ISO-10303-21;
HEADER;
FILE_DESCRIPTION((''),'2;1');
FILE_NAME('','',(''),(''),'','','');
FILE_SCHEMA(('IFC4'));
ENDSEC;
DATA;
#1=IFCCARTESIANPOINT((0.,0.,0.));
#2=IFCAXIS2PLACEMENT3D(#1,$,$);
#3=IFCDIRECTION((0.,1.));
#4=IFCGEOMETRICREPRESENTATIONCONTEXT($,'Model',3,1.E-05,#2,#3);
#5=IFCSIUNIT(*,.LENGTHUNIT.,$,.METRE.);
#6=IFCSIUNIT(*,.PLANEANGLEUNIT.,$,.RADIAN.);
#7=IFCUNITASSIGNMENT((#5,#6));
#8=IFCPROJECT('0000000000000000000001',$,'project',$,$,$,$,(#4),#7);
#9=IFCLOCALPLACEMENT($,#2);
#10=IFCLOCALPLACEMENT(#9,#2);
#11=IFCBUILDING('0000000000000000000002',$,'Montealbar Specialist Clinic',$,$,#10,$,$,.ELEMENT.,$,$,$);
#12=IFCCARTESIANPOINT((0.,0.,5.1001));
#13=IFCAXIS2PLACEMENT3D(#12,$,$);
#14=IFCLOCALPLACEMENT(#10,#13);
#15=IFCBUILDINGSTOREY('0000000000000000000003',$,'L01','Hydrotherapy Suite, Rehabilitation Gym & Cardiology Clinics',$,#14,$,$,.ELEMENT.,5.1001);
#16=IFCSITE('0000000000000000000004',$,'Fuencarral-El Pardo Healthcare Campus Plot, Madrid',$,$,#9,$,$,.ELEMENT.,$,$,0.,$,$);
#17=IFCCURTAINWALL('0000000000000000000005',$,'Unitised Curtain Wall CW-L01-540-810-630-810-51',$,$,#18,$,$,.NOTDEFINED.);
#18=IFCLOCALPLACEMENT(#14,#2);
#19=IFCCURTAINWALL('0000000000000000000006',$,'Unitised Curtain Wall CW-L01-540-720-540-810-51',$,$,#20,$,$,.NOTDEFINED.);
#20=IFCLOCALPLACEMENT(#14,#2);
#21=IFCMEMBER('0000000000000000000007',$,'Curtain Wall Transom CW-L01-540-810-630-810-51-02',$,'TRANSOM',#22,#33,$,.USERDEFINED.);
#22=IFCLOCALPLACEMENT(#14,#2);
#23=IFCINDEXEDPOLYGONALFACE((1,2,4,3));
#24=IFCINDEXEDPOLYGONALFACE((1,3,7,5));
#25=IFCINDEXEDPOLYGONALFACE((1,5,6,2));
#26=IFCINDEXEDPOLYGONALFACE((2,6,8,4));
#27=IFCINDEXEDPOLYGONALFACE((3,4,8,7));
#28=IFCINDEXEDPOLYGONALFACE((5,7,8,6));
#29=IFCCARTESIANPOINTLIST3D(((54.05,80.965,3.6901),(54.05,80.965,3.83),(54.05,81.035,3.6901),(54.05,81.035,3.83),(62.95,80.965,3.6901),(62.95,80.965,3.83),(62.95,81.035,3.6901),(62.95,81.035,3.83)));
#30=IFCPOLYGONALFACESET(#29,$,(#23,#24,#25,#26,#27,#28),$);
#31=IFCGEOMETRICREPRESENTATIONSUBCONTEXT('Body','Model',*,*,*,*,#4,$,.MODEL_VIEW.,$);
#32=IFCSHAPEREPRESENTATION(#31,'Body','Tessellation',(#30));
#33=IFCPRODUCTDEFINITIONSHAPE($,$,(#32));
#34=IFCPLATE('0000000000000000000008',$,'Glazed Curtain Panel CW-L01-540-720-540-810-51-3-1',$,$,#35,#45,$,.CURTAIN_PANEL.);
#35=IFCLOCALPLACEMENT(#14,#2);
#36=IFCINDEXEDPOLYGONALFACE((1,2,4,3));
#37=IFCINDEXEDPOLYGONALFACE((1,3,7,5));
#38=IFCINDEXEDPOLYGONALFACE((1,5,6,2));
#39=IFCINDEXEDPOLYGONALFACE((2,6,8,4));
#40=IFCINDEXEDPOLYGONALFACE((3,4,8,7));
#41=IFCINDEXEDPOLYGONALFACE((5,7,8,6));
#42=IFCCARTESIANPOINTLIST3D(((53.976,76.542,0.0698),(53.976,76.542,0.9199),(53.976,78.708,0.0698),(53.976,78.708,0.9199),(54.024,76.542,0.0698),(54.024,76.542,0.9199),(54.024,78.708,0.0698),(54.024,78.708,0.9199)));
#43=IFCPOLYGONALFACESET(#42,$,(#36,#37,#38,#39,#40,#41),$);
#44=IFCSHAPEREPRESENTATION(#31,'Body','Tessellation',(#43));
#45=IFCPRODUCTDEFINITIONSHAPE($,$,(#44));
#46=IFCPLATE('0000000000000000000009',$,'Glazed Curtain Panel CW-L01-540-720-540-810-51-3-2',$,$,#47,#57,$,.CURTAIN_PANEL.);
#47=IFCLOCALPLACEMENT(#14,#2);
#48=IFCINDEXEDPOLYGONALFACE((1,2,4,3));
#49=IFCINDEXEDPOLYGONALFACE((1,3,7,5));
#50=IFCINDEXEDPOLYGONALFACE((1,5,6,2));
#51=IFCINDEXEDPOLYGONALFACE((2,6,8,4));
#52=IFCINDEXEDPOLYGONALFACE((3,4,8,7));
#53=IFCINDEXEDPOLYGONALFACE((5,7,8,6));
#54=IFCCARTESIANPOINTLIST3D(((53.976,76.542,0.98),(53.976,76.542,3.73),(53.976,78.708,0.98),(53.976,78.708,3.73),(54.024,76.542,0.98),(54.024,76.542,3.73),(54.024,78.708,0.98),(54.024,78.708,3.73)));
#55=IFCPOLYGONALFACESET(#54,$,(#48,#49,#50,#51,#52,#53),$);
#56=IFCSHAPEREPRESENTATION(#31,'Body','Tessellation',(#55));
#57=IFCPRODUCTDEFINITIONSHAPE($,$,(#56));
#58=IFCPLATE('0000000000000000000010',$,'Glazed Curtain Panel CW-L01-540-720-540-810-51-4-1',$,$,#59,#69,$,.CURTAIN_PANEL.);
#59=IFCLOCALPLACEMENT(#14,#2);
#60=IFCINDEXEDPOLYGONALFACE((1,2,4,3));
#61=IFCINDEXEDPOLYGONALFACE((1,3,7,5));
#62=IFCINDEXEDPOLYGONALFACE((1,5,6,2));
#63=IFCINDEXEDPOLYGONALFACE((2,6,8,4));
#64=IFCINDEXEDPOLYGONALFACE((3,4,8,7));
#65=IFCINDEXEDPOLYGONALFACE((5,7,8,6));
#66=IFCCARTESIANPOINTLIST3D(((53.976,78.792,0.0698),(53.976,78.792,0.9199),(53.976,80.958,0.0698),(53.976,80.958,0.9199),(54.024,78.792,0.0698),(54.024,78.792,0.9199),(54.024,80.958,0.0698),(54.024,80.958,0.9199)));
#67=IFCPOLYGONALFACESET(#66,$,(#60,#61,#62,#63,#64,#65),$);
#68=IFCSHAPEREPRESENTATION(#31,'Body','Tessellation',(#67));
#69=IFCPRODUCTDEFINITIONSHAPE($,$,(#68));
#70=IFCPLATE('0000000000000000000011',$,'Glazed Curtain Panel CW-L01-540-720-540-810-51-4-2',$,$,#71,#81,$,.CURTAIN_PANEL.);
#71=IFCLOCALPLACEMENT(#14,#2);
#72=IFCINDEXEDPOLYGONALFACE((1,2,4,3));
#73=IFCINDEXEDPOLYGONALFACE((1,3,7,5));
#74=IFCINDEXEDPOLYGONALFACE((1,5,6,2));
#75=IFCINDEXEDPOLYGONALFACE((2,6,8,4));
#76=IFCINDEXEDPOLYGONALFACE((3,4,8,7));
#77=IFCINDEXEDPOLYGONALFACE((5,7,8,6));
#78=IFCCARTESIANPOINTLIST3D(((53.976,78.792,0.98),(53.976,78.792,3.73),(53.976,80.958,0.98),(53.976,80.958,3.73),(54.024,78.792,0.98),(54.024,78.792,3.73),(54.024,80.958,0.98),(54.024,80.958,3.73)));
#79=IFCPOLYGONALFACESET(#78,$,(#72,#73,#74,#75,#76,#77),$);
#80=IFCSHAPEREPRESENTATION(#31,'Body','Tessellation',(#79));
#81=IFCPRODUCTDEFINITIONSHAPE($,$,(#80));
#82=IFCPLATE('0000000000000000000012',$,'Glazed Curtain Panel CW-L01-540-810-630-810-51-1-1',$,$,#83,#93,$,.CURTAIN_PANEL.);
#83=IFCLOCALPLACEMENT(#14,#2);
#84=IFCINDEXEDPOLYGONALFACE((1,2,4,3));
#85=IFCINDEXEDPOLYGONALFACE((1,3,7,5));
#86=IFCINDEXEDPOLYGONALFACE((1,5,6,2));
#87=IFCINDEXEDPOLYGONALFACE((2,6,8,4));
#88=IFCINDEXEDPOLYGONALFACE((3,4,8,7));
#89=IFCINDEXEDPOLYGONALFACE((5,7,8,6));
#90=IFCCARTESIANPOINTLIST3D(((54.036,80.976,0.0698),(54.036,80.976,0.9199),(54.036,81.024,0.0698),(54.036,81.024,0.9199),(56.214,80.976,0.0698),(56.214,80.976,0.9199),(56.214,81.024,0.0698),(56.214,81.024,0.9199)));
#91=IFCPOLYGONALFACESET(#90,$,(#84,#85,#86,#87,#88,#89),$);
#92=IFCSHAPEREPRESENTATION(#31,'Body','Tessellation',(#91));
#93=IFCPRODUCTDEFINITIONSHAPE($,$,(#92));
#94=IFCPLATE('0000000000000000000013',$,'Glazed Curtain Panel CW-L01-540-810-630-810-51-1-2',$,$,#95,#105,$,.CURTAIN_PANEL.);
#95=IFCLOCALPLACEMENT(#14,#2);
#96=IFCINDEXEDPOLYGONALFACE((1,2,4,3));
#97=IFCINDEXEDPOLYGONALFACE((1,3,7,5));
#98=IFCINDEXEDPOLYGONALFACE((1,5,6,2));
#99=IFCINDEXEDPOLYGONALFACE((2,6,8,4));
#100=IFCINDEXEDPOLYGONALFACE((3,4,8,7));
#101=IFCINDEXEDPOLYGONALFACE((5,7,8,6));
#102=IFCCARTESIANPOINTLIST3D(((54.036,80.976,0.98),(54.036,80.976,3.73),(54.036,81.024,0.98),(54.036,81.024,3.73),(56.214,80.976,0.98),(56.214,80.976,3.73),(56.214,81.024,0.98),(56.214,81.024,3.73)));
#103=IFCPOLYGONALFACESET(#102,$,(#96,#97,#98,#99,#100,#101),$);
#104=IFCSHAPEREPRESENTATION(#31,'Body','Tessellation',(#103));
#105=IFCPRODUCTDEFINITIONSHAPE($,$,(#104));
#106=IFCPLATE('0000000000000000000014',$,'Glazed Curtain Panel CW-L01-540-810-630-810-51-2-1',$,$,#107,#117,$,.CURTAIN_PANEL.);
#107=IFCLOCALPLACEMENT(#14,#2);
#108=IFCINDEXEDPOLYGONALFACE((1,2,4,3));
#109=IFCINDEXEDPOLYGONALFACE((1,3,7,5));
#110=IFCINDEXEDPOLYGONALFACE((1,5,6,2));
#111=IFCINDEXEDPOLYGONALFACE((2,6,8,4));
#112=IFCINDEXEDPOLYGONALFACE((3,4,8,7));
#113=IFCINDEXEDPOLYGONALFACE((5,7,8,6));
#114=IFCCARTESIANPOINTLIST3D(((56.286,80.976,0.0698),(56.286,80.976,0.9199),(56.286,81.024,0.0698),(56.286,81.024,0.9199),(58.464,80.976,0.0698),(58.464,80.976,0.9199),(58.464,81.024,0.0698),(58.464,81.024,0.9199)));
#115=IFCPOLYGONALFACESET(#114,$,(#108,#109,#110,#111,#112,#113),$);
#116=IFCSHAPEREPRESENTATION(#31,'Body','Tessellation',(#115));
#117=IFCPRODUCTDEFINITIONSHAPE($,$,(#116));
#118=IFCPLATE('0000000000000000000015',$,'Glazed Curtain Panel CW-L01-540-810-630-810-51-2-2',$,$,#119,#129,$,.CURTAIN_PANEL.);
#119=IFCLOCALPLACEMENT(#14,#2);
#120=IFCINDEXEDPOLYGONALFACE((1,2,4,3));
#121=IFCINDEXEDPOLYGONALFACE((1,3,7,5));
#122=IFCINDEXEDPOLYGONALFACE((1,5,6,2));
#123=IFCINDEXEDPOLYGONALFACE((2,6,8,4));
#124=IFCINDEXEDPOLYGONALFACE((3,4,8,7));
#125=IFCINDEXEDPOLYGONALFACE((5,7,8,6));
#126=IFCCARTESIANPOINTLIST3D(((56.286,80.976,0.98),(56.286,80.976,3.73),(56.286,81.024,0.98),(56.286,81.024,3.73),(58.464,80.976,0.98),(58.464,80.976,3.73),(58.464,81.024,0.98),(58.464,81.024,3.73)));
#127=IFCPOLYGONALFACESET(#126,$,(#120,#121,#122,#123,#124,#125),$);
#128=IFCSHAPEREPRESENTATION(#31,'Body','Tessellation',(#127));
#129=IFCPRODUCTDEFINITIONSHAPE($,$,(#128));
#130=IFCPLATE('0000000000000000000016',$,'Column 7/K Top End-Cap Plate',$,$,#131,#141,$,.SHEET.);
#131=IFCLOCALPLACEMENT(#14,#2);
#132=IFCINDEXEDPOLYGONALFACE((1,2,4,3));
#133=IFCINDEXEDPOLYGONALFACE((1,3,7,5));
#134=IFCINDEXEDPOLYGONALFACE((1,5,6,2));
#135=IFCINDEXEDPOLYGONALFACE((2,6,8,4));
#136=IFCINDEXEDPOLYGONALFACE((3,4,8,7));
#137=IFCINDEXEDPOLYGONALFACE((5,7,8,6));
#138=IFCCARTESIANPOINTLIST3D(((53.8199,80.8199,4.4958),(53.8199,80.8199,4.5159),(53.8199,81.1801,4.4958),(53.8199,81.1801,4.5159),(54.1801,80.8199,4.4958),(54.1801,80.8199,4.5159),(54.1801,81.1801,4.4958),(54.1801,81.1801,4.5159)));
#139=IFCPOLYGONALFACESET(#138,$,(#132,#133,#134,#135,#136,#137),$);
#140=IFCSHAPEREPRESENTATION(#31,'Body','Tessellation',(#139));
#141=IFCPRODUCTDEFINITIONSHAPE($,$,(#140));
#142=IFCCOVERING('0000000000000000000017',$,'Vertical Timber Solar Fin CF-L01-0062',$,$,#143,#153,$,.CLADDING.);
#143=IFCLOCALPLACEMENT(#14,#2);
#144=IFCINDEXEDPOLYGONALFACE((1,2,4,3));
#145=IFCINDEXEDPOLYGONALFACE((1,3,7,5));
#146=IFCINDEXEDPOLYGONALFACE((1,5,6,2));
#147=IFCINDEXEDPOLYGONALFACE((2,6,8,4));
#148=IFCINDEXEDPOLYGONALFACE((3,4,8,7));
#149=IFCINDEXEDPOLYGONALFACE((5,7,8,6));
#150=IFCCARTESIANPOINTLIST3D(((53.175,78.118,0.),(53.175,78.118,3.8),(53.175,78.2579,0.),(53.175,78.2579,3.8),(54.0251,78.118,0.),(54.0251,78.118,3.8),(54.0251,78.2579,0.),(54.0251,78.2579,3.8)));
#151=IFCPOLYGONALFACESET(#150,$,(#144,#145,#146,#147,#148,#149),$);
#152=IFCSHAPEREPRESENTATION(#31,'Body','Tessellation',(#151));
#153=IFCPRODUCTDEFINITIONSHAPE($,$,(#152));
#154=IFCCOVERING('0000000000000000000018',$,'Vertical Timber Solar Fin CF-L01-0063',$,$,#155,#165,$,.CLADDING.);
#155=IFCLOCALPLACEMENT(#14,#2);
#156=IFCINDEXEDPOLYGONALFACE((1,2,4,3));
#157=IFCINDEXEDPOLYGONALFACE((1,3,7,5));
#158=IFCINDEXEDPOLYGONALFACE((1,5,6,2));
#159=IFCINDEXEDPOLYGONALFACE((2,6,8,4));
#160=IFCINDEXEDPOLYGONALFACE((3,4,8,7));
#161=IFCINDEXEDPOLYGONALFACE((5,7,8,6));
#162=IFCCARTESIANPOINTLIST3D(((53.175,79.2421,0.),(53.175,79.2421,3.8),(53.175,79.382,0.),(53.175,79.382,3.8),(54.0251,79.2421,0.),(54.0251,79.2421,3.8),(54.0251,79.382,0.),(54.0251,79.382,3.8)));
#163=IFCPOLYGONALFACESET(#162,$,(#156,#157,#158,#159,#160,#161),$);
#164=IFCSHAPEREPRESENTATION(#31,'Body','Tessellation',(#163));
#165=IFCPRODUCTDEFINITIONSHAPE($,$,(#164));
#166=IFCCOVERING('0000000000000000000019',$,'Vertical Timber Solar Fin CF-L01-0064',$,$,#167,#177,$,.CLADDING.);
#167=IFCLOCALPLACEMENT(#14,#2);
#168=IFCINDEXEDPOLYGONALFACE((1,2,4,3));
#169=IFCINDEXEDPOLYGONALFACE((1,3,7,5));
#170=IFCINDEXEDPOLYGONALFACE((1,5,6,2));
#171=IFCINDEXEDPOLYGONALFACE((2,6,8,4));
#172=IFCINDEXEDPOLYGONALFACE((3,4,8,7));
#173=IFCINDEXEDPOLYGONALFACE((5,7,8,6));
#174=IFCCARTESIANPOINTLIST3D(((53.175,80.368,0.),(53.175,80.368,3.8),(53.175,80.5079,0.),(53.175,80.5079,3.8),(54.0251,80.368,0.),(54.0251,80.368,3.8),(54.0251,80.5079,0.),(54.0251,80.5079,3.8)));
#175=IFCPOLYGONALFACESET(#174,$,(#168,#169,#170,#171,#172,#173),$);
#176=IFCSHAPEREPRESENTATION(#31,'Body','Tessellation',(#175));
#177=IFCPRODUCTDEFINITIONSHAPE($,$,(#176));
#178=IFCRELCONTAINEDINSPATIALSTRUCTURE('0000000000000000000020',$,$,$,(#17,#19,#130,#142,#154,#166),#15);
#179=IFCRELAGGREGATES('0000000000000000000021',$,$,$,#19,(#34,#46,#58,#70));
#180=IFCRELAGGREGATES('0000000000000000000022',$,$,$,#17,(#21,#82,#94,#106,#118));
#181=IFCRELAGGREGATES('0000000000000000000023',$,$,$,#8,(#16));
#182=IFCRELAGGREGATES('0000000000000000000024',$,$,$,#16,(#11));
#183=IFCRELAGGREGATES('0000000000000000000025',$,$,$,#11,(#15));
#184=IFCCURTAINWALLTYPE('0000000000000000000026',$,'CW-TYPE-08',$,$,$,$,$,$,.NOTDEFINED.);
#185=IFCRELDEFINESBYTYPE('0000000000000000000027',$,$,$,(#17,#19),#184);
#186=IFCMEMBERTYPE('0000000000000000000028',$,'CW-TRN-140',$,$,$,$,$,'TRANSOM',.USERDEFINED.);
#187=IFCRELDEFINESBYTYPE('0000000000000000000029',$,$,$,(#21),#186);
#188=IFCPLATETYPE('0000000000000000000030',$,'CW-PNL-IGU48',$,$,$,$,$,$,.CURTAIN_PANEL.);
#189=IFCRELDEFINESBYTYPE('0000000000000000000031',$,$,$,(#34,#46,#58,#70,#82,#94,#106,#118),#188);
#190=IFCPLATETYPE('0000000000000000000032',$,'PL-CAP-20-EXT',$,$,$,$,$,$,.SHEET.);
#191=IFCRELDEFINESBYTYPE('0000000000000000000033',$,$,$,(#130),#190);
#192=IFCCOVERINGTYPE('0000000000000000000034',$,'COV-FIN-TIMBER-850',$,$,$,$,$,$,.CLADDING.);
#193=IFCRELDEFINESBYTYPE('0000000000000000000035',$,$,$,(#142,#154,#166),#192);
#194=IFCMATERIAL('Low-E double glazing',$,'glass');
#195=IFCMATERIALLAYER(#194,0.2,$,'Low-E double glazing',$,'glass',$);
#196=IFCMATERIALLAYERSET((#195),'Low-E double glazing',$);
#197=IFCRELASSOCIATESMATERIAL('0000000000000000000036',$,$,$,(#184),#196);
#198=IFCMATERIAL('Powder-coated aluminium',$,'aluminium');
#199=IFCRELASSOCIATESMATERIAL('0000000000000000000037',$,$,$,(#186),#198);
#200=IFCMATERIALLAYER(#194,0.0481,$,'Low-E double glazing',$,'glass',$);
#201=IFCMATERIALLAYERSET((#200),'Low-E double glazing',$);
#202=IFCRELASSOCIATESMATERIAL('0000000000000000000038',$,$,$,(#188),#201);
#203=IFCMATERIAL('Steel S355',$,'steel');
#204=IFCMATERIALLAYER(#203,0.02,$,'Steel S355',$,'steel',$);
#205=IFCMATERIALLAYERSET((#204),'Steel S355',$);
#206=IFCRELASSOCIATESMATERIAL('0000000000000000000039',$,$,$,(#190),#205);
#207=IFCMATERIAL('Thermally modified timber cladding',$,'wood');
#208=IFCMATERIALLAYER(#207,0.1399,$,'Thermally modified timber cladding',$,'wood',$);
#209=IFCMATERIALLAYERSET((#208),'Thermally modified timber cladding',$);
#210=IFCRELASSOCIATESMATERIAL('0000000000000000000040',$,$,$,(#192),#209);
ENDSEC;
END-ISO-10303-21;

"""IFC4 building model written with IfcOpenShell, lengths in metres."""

from ifc_helpers import new_model, si_unit, direction, frame, origin, origin_2d, place, context, subcontext, project, spatial, rectangle, extrude, material, layer, layer_set, material_profile, profile_set, type_object, element, aggregate, save


model = new_model("IFC4")

# Units and contexts
model_context = context("Model", 3, precision=1e-05, world=origin(), true_north=direction((0.0, 1.0)))
body_context = subcontext(model_context, "Body", "Model", "MODEL_VIEW")
ifc_project = project(units=[si_unit("LENGTHUNIT", "METRE"), si_unit("PLANEANGLEUNIT", "RADIAN")], contexts=[model_context])

# Site, building, storey
site_placement = place(None, origin())
site = spatial("IfcSite", under=ifc_project, at=site_placement, Name="Fuencarral-El Pardo Healthcare Campus Plot, Madrid", CompositionType="ELEMENT", RefElevation=0.0)
building_placement = place(site_placement, origin())
building = spatial("IfcBuilding", under=site, at=building_placement, Name="Montealbar Specialist Clinic", CompositionType="ELEMENT")
storey_placement = place(building_placement, frame((0.0, 0.0, 5.1001)))
storey = spatial("IfcBuildingStorey", under=building, at=storey_placement, Name="L01", Description="Hydrotherapy Suite, Rehabilitation Gym & Cardiology Clinics", CompositionType="ELEMENT", Elevation=5.1001)

# Shared definitions
ifc_material_1 = material(Name="Steel S355", Category="steel")

# Curtain walls
ifc_material_2 = material(Name="Low-E double glazing", Category="glass")
ifc_layer_1 = layer(ifc_material_2, 0.2, Name="Low-E double glazing", Category="glass")
ifc_layer_set_1 = layer_set([ifc_layer_1], Name="Low-E double glazing")
curtain_wall_type = type_object("IfcCurtainWallType", Name="CW-TYPE-08", PredefinedType="NOTDEFINED", material=ifc_layer_set_1)
curtain_wall_1_placement = place(storey_placement, origin())
curtain_wall_1 = element("IfcCurtainWall", 1, at=curtain_wall_1_placement, inside=storey, type_object=curtain_wall_type, Name="Unitised Curtain Wall CW-L01-540-810-630-810-51", PredefinedType="NOTDEFINED")
curtain_wall_2_placement = place(storey_placement, origin())
curtain_wall_2 = element("IfcCurtainWall", 2, at=curtain_wall_2_placement, inside=storey, type_object=curtain_wall_type, Name="Unitised Curtain Wall CW-L01-540-720-540-810-51", PredefinedType="NOTDEFINED")

# Member
ifc_material_3 = material(Name="Powder-coated aluminium", Category="aluminium")
ifc_material_profile_1 = material_profile(ifc_material_3, rectangle(XDim=0.0701, YDim=0.1399, at=origin_2d()), Name="ALU 70x140", Category="aluminium")
ifc_profile_set_1 = profile_set([ifc_material_profile_1], Name="Powder-coated aluminium")
member_type_1 = type_object("IfcMemberType", Name="CW-TRN-140", ElementType="TRANSOM", PredefinedType="USERDEFINED", material=ifc_profile_set_1)
member_1_placement = place(storey_placement, frame((54.05, 81.0, 3.76), z_axis=(1.0, 0.0, 0.0), x_axis=(0.0, 1.0, 0.0)))
member_1 = element("IfcMember", 3, at=member_1_placement, type_object=member_type_1, Name="Curtain Wall Transom CW-L01-540-810-630-810-51-02", ObjectType="TRANSOM", PredefinedType="USERDEFINED", context=body_context, shape_type="SweptSolid", body=[
    extrude(rectangle(XDim=0.0701, YDim=0.1399, at=origin_2d()), origin(), (0.0, 0.0, 1.0), 8.8999),
])

# Plates
ifc_layer_2 = layer(ifc_material_2, 0.0481, Name="Low-E double glazing", Category="glass")
ifc_layer_set_2 = layer_set([ifc_layer_2], Name="Low-E double glazing")
plate_type_1 = type_object("IfcPlateType", Name="CW-PNL-IGU48", PredefinedType="CURTAIN_PANEL", material=ifc_layer_set_2)
plate_1_placement = place(storey_placement, frame((54.0, 77.625, 0.0698), z_axis=(0.0, 0.0, 1.0), x_axis=(0.0, 1.0, 0.0)))
plate_1 = element("IfcPlate", 4, at=plate_1_placement, type_object=plate_type_1, Name="Glazed Curtain Panel CW-L01-540-720-540-810-51-3-1", PredefinedType="CURTAIN_PANEL", context=body_context, shape_type="SweptSolid", body=[
    extrude(rectangle(XDim=2.166, YDim=0.0481, at=origin_2d()), origin(), (0.0, 0.0, 1.0), 0.8501),
])
plate_2_placement = place(storey_placement, frame((54.0, 77.625, 0.98), z_axis=(0.0, 0.0, 1.0), x_axis=(0.0, 1.0, 0.0)))
plate_2 = element("IfcPlate", 5, at=plate_2_placement, type_object=plate_type_1, Name="Glazed Curtain Panel CW-L01-540-720-540-810-51-3-2", PredefinedType="CURTAIN_PANEL", context=body_context, shape_type="SweptSolid", body=[
    extrude(rectangle(XDim=2.166, YDim=0.0481, at=origin_2d()), origin(), (0.0, 0.0, 1.0), 2.75),
])
plate_3_placement = place(storey_placement, frame((54.0, 79.875, 0.0698), z_axis=(0.0, 0.0, 1.0), x_axis=(0.0, 1.0, 0.0)))
plate_3 = element("IfcPlate", 6, at=plate_3_placement, type_object=plate_type_1, Name="Glazed Curtain Panel CW-L01-540-720-540-810-51-4-1", PredefinedType="CURTAIN_PANEL", context=body_context, shape_type="SweptSolid", body=[
    extrude(rectangle(XDim=2.166, YDim=0.0481, at=origin_2d()), origin(), (0.0, 0.0, 1.0), 0.8501),
])
plate_4_placement = place(storey_placement, frame((54.0, 79.875, 0.98), z_axis=(0.0, 0.0, 1.0), x_axis=(0.0, 1.0, 0.0)))
plate_4 = element("IfcPlate", 7, at=plate_4_placement, type_object=plate_type_1, Name="Glazed Curtain Panel CW-L01-540-720-540-810-51-4-2", PredefinedType="CURTAIN_PANEL", context=body_context, shape_type="SweptSolid", body=[
    extrude(rectangle(XDim=2.166, YDim=0.0481, at=origin_2d()), origin(), (0.0, 0.0, 1.0), 2.75),
])
aggregate(curtain_wall_2, [plate_1, plate_2, plate_3, plate_4])
plate_5_placement = place(storey_placement, frame((55.125, 81.0, 0.0698), z_axis=(0.0, 0.0, 1.0), x_axis=(1.0, 0.0, 0.0)))
plate_5 = element("IfcPlate", 8, at=plate_5_placement, type_object=plate_type_1, Name="Glazed Curtain Panel CW-L01-540-810-630-810-51-1-1", PredefinedType="CURTAIN_PANEL", context=body_context, shape_type="SweptSolid", body=[
    extrude(rectangle(XDim=2.178, YDim=0.0481, at=origin_2d()), origin(), (0.0, 0.0, 1.0), 0.8501),
])
plate_6_placement = place(storey_placement, frame((55.125, 81.0, 0.98), z_axis=(0.0, 0.0, 1.0), x_axis=(1.0, 0.0, 0.0)))
plate_6 = element("IfcPlate", 9, at=plate_6_placement, type_object=plate_type_1, Name="Glazed Curtain Panel CW-L01-540-810-630-810-51-1-2", PredefinedType="CURTAIN_PANEL", context=body_context, shape_type="SweptSolid", body=[
    extrude(rectangle(XDim=2.178, YDim=0.0481, at=origin_2d()), origin(), (0.0, 0.0, 1.0), 2.75),
])
plate_7_placement = place(storey_placement, frame((57.375, 81.0, 0.0698), z_axis=(0.0, 0.0, 1.0), x_axis=(1.0, 0.0, 0.0)))
plate_7 = element("IfcPlate", 10, at=plate_7_placement, type_object=plate_type_1, Name="Glazed Curtain Panel CW-L01-540-810-630-810-51-2-1", PredefinedType="CURTAIN_PANEL", context=body_context, shape_type="SweptSolid", body=[
    extrude(rectangle(XDim=2.178, YDim=0.0481, at=origin_2d()), origin(), (0.0, 0.0, 1.0), 0.8501),
])
plate_8_placement = place(storey_placement, frame((57.375, 81.0, 0.98), z_axis=(0.0, 0.0, 1.0), x_axis=(1.0, 0.0, 0.0)))
plate_8 = element("IfcPlate", 11, at=plate_8_placement, type_object=plate_type_1, Name="Glazed Curtain Panel CW-L01-540-810-630-810-51-2-2", PredefinedType="CURTAIN_PANEL", context=body_context, shape_type="SweptSolid", body=[
    extrude(rectangle(XDim=2.178, YDim=0.0481, at=origin_2d()), origin(), (0.0, 0.0, 1.0), 2.75),
])
aggregate(curtain_wall_1, [member_1, plate_5, plate_6, plate_7, plate_8])
ifc_layer_3 = layer(ifc_material_1, 0.02, Name="Steel S355", Category="steel")
ifc_layer_set_3 = layer_set([ifc_layer_3], Name="Steel S355")
plate_type_2 = type_object("IfcPlateType", Name="PL-CAP-20-EXT", PredefinedType="SHEET", material=ifc_layer_set_3)
plate_9_placement = place(storey_placement, frame((54.0, 81.0, 4.4958), z_axis=(0.0, 0.0, 1.0), x_axis=(1.0, 0.0, 0.0)))
element("IfcPlate", 12, at=plate_9_placement, inside=storey, type_object=plate_type_2, Name="Column 7/K Top End-Cap Plate", PredefinedType="SHEET", context=body_context, shape_type="SweptSolid", body=[
    extrude(rectangle(XDim=0.3601, YDim=0.3601, at=origin_2d()), origin(), (0.0, 0.0, 1.0), 0.02),
])

# Coverings
ifc_material_4 = material(Name="Thermally modified timber cladding", Category="wood")
ifc_layer_4 = layer(ifc_material_4, 0.1399, Name="Thermally modified timber cladding", Category="wood")
ifc_layer_set_4 = layer_set([ifc_layer_4], Name="Thermally modified timber cladding")
covering_type = type_object("IfcCoveringType", Name="COV-FIN-TIMBER-850", PredefinedType="CLADDING", material=ifc_layer_set_4)
for number, where, z_axis, x_axis, name in (
    (13, (53.6001, 78.188, 0.0), (0.0, 0.0, 1.0), (-1.0, 0.0, 0.0), "Vertical Timber Solar Fin CF-L01-0062"),
    (14, (53.6001, 79.312, 0.0), (0.0, 0.0, 1.0), (-1.0, 0.0, 0.0), "Vertical Timber Solar Fin CF-L01-0063"),
    (15, (53.6001, 80.438, 0.0), (0.0, 0.0, 1.0), (-1.0, 0.0, 0.0), "Vertical Timber Solar Fin CF-L01-0064"),
):
    element("IfcCovering", number, at=place(storey_placement, frame(where, z_axis=z_axis, x_axis=x_axis)), inside=storey, type_object=covering_type, Name=name, PredefinedType="CLADDING", context=body_context, shape_type="SweptSolid", body=[
        extrude(rectangle(XDim=0.8501, YDim=0.1399, at=origin_2d()), origin(), (0.0, 0.0, 1.0), 3.8),
    ])

save(model, "model.ifc")
